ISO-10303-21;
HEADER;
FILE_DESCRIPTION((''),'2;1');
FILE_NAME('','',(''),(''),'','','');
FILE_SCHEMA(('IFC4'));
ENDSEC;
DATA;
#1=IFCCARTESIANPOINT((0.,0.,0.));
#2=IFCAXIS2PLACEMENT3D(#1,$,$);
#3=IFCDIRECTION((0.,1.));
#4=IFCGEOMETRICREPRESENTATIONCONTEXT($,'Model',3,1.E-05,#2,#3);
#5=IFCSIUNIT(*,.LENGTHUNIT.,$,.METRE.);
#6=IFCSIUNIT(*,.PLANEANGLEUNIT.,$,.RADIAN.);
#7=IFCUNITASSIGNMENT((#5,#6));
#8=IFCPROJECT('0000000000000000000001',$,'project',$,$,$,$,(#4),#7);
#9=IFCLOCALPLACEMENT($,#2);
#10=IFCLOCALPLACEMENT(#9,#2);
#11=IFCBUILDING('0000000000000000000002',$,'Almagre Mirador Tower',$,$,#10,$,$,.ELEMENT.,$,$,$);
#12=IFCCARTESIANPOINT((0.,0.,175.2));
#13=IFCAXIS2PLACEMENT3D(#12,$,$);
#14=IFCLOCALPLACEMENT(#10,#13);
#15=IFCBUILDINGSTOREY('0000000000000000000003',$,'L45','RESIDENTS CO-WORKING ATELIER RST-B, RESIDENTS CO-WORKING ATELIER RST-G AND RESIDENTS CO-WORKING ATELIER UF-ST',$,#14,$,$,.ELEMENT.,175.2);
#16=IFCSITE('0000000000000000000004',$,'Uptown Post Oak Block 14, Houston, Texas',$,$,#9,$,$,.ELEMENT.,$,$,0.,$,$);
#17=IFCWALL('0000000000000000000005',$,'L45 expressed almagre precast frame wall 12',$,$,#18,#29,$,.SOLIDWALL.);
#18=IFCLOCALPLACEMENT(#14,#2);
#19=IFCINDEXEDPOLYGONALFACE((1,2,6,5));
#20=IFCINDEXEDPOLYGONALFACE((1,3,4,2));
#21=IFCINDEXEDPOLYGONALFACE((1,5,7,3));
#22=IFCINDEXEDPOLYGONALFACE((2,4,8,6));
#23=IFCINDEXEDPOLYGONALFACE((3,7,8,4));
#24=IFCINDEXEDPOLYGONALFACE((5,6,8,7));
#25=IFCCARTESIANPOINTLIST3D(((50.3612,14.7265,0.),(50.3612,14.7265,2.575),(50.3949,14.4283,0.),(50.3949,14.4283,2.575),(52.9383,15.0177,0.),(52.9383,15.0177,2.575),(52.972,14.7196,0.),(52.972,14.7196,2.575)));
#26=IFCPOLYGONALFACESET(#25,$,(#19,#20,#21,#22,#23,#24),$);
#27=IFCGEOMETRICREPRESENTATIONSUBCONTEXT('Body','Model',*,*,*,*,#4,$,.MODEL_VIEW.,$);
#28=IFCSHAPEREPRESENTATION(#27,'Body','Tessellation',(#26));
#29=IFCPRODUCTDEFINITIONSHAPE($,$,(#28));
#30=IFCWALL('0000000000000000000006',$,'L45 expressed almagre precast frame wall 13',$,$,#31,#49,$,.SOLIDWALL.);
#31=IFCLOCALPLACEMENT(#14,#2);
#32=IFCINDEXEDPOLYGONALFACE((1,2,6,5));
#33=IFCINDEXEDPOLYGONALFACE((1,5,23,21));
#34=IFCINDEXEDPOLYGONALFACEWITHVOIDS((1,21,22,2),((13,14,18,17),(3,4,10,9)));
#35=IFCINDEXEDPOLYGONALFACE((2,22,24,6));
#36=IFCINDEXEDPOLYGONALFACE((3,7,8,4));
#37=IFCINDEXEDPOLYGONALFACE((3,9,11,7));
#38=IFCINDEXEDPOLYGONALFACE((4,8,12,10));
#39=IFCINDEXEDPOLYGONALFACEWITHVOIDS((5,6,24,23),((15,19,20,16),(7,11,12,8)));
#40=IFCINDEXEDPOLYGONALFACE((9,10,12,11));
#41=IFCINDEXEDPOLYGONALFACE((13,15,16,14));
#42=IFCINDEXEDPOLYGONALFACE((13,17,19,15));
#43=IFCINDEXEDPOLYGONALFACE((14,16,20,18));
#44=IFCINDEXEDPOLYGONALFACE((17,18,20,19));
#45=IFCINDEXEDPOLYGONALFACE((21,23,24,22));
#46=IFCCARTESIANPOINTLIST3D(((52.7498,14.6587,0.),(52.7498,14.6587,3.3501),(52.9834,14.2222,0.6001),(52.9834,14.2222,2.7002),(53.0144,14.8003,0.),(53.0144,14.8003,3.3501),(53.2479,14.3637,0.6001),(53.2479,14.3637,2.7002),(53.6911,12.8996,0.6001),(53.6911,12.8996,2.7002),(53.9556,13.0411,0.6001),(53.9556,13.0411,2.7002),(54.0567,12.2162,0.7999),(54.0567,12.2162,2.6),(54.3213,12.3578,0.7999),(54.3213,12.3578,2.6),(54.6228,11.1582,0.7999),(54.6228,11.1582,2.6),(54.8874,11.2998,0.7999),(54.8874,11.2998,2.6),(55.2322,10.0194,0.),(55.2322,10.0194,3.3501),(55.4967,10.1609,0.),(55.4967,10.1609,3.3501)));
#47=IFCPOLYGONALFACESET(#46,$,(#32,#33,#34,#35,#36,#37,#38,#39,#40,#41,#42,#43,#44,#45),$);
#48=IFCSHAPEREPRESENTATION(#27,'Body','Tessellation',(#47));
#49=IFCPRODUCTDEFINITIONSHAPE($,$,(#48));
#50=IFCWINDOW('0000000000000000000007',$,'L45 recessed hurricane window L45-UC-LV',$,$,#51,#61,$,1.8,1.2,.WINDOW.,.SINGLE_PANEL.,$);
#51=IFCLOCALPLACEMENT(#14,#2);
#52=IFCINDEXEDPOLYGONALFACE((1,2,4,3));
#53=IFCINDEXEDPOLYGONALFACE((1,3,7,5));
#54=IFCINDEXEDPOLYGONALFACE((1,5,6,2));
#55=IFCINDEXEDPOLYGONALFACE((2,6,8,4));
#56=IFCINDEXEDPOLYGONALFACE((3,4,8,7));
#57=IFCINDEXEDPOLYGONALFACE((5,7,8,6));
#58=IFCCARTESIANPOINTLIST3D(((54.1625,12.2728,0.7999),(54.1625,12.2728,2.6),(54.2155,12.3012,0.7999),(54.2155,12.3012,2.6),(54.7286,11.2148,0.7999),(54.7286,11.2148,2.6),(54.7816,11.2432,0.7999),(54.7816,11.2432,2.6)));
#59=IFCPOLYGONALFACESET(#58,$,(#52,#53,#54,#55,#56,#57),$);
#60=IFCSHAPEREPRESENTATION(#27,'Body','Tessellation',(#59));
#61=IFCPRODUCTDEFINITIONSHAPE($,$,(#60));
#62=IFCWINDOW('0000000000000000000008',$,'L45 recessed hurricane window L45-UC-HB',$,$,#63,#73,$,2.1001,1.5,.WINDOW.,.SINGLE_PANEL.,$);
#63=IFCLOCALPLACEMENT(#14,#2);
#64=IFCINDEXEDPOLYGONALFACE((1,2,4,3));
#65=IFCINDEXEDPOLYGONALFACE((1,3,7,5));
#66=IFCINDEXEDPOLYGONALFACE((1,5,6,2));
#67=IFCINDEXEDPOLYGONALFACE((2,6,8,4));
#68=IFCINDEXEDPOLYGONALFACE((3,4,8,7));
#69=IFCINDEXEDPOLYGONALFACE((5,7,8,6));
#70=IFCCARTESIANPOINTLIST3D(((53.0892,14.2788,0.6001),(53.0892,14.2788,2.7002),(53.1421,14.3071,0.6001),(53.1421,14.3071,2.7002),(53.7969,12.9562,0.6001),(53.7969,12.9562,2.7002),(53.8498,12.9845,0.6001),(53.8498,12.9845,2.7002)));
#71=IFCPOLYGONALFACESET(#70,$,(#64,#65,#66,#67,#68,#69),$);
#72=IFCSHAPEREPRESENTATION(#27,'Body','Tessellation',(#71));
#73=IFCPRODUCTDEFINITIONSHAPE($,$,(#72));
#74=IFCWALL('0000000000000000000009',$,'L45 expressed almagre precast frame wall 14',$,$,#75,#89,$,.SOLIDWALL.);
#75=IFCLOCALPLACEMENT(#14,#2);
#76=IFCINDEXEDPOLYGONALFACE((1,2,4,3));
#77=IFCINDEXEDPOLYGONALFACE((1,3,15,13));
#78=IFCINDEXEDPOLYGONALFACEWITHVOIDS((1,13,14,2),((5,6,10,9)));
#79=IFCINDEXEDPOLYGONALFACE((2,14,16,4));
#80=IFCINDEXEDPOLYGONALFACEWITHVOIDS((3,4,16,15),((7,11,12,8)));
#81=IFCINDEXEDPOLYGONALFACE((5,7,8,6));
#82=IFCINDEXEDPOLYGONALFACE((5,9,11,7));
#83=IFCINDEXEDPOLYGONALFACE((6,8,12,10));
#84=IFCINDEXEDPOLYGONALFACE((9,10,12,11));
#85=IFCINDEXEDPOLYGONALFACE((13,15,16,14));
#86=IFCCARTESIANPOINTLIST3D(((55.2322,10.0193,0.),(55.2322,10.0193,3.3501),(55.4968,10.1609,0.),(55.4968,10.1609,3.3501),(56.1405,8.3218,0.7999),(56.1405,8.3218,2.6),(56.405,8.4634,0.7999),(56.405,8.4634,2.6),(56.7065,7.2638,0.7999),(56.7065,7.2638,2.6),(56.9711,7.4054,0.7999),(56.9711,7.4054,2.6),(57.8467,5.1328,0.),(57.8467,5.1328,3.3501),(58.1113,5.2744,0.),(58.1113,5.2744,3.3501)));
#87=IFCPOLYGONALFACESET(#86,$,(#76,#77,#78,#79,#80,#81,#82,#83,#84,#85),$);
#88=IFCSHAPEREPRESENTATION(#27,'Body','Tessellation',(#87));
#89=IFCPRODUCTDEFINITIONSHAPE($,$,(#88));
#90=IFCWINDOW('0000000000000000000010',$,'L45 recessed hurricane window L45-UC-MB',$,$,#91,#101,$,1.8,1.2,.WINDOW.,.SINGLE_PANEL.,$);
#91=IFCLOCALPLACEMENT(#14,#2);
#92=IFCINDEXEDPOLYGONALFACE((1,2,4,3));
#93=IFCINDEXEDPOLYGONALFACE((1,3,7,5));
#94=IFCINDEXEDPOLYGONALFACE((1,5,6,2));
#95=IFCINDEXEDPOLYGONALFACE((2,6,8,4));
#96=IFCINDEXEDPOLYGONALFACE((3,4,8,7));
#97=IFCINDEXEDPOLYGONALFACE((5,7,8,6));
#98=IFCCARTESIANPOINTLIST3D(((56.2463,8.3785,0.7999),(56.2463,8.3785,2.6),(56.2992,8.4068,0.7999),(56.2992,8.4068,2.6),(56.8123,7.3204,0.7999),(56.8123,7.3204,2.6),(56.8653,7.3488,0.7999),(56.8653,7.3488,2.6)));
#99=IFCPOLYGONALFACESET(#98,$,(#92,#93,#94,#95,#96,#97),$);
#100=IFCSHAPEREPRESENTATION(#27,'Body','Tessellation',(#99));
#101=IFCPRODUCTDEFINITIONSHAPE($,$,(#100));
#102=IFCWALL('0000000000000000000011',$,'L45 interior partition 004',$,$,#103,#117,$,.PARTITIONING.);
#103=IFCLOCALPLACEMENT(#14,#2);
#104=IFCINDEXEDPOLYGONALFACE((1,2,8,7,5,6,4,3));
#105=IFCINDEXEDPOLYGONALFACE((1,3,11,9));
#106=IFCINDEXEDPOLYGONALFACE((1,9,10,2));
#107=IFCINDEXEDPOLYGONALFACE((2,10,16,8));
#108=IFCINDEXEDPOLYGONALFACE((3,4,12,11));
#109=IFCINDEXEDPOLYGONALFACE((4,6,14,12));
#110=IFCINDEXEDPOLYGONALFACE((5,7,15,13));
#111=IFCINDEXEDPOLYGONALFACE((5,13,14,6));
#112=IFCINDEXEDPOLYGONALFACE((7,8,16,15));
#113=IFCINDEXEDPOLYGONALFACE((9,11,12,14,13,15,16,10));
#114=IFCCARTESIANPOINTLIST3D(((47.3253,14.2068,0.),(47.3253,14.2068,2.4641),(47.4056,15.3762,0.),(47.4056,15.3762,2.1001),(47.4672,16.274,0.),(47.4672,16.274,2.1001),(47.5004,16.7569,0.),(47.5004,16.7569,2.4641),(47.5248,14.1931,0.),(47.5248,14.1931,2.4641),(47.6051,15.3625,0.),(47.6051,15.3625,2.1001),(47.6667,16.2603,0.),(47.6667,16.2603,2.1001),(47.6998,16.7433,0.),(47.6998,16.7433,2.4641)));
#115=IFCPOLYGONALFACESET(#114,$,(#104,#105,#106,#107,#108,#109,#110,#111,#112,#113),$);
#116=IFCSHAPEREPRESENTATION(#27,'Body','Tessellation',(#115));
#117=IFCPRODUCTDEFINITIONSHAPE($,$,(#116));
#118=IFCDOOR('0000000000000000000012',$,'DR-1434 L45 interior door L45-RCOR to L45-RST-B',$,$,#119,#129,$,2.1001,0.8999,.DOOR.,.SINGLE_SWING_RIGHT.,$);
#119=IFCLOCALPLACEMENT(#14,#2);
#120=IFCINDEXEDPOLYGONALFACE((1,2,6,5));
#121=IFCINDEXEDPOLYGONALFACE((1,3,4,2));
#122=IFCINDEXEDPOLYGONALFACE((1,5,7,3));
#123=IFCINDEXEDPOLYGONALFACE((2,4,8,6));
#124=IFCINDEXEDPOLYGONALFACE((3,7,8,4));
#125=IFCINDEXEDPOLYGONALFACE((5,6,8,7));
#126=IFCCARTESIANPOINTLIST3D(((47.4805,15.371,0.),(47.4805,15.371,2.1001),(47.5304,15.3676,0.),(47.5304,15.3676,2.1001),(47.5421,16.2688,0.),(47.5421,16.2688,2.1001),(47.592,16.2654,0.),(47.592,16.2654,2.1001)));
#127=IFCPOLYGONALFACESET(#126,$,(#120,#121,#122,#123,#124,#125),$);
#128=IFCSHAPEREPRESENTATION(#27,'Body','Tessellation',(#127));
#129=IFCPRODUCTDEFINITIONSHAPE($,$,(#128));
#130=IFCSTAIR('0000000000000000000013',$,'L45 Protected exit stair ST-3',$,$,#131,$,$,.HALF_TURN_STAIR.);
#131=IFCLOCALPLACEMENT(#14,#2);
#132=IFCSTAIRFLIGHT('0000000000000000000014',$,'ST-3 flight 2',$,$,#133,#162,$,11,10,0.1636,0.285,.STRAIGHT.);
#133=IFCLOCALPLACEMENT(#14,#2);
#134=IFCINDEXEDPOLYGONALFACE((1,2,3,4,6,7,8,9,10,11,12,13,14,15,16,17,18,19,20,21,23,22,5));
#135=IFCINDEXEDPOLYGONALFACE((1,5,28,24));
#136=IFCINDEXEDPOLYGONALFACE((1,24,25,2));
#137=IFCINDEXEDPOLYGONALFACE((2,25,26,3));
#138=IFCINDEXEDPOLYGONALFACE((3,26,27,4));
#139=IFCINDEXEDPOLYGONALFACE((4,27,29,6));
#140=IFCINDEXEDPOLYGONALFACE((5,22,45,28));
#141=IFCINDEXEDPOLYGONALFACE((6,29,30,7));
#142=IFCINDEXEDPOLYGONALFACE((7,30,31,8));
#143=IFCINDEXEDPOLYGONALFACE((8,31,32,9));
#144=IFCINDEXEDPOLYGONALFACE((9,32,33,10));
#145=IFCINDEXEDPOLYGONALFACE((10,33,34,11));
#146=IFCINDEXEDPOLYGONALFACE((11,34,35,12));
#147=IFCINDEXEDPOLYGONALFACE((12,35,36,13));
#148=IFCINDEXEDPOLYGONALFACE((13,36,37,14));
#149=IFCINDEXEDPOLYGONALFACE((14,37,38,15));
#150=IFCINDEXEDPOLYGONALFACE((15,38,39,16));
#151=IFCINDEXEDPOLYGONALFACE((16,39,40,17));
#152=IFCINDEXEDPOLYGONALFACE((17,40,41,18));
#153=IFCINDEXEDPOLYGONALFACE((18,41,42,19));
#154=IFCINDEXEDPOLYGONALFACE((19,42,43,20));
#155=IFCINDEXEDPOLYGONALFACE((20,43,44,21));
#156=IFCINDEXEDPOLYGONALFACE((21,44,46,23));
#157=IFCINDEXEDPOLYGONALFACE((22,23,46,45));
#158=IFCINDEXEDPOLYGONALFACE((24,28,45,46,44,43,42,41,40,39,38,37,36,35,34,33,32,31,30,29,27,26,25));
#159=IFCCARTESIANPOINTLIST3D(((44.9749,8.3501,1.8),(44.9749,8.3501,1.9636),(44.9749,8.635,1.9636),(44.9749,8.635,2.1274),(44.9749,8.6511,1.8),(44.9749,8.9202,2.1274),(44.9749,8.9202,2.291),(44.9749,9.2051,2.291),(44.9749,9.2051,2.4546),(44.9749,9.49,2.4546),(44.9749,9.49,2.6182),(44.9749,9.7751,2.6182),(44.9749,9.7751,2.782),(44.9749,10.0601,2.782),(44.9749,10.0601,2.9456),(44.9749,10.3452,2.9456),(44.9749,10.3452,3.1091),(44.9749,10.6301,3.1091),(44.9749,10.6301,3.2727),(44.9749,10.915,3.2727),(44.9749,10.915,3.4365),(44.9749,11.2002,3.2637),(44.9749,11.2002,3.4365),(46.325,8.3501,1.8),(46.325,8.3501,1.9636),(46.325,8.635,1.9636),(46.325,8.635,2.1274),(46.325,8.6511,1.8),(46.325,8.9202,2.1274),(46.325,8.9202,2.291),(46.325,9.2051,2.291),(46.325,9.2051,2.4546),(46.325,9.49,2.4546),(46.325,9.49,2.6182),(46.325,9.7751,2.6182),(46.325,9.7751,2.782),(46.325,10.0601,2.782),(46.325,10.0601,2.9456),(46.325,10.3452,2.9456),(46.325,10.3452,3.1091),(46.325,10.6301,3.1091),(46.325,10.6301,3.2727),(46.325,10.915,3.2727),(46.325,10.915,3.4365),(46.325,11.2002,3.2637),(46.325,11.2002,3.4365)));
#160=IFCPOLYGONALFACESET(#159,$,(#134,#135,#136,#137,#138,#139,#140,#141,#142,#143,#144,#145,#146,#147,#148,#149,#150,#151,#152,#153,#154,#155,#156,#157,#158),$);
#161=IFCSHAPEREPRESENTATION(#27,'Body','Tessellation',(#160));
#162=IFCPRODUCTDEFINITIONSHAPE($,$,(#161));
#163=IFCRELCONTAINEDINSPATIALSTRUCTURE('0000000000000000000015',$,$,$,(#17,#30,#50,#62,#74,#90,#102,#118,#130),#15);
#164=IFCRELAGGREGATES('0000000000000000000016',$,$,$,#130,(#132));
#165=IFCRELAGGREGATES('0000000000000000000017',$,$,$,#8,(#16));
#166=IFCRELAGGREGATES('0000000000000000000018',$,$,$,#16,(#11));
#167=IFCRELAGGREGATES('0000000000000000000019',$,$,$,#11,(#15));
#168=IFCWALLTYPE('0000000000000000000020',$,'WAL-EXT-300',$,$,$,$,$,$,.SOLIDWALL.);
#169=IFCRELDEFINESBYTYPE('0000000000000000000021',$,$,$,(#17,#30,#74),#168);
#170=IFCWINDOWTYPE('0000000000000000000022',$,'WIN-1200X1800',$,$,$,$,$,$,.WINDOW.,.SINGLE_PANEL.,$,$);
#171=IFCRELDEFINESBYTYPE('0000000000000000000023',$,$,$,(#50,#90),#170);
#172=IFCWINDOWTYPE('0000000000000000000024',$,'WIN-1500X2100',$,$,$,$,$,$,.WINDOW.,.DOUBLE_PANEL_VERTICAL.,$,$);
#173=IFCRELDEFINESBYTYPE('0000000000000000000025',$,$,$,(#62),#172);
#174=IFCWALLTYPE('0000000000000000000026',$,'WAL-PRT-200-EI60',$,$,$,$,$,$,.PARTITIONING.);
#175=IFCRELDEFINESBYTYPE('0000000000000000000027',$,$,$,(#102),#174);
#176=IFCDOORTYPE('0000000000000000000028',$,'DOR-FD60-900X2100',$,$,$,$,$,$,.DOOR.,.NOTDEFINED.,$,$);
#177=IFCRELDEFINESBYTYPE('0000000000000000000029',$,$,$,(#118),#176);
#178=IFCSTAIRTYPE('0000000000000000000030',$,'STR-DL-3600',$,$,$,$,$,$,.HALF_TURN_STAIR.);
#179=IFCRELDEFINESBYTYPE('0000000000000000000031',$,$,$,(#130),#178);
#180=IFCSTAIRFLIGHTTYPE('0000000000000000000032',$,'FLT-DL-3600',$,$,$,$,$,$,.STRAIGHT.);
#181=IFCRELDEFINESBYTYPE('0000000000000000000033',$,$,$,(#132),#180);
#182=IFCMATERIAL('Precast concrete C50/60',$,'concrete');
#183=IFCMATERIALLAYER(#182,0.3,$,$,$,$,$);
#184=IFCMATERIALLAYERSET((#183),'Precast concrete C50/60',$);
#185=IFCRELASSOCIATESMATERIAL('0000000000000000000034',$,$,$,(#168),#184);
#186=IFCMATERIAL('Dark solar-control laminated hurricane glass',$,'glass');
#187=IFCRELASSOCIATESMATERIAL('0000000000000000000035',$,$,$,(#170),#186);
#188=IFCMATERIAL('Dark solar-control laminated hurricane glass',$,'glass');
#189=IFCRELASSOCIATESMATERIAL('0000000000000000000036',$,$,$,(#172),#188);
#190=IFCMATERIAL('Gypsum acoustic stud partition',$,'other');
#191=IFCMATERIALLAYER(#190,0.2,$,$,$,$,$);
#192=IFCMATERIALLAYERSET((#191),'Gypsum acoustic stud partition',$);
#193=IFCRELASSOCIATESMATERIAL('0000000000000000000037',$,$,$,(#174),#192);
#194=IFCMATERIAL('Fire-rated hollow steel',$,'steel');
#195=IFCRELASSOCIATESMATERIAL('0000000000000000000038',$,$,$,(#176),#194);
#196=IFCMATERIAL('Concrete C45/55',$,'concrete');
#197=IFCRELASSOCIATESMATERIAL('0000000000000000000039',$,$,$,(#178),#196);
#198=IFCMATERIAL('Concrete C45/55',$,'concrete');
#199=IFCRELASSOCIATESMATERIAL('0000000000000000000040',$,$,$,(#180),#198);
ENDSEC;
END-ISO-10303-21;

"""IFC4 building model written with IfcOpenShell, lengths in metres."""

from ifc_helpers import new_model, si_unit, direction, frame, frame_2d, origin, place, context, subcontext, project, spatial, polyline, rectangle, outline, extrude, material, layer, layer_set, type_object, element, fill, aggregate, save


model = new_model("IFC4")

# Units and contexts
model_context = context("Model", 3, precision=1e-05, world=origin(), true_north=direction((0.0, 1.0)))
body_context = subcontext(model_context, "Body", "Model", "MODEL_VIEW")
ifc_project = project(units=[si_unit("LENGTHUNIT", "METRE"), si_unit("PLANEANGLEUNIT", "RADIAN")], contexts=[model_context])

# Site, building, storey
site_placement = place(None, origin())
site = spatial("IfcSite", under=ifc_project, at=site_placement, Name="Uptown Post Oak Block 14, Houston, Texas", CompositionType="ELEMENT", RefElevation=0.0)
building_placement = place(site_placement, origin())
building = spatial("IfcBuilding", under=site, at=building_placement, Name="Almagre Mirador Tower", CompositionType="ELEMENT")
storey_placement = place(building_placement, frame((0.0, 0.0, 175.2)))
storey = spatial("IfcBuildingStorey", under=building, at=storey_placement, Name="L45", Description="RESIDENTS CO-WORKING ATELIER RST-B, RESIDENTS CO-WORKING ATELIER RST-G AND RESIDENTS CO-WORKING ATELIER UF-ST", CompositionType="ELEMENT", Elevation=175.2)

# Wall
ifc_material_1 = material(Name="Precast concrete C50/60", Category="concrete")
ifc_layer_1 = layer(ifc_material_1, 0.3)
ifc_layer_set_1 = layer_set([ifc_layer_1], Name="Precast concrete C50/60")
wall_type_1 = type_object("IfcWallType", Name="WAL-EXT-300", PredefinedType="SOLIDWALL", material=ifc_layer_set_1)
wall_1_placement = place(storey_placement, frame((50.3779, 14.5774, 0.0), z_axis=(0.0, 0.0, 1.0), x_axis=(0.993674, 0.112301, 0.0)))
element("IfcWall", 1, at=wall_1_placement, inside=storey, type_object=wall_type_1, Name="L45 expressed almagre precast frame wall 12", PredefinedType="SOLIDWALL", context=body_context, shape_type="SweptSolid", body=[
    extrude(rectangle(XDim=2.5935, YDim=0.3, at=frame_2d((1.2969, 0.0))), origin(), (0.0, 0.0, 1.0), 2.575),
])

# Wall, openings, windows
wall_2_placement = place(storey_placement, frame((52.8821, 14.7295, 0.0), z_axis=(0.0, 0.0, 1.0), x_axis=(0.471782, -0.881715, 0.0)))
wall_2 = element("IfcWall", 2, at=wall_2_placement, inside=storey, type_object=wall_type_1, Name="L45 expressed almagre precast frame wall 13", PredefinedType="SOLIDWALL", context=body_context, shape_type="SweptSolid", body=[
    extrude(rectangle(XDim=5.2617, YDim=0.3, at=frame_2d((2.6309, 0.0))), origin(), (0.0, 0.0, 1.0), 3.3501),
])
opening_1_placement = place(wall_2_placement, frame((2.77, 0.0, 0.8)))
opening_1 = element("IfcOpeningElement", 3, at=opening_1_placement, cuts=wall_2, PredefinedType="OPENING", context=body_context, shape_type="SweptSolid", body=[
    extrude(rectangle(XDim=1.2, YDim=1.8, at=frame_2d((0.6001, 0.8999))), frame((0.0, 0.1599, 0.0), z_axis=(0.0, -1.0, 0.0), x_axis=(1.0, 0.0, 0.0)), (0.0, 0.0, 1.0), 0.32),
])
opening_2_placement = place(wall_2_placement, frame((0.4951, 0.0, 0.6001)))
opening_2 = element("IfcOpeningElement", 4, at=opening_2_placement, cuts=wall_2, PredefinedType="OPENING", context=body_context, shape_type="SweptSolid", body=[
    extrude(rectangle(XDim=1.5, YDim=2.1001, at=frame_2d((0.75, 1.05))), frame((0.0, 0.1599, 0.0), z_axis=(0.0, -1.0, 0.0), x_axis=(1.0, 0.0, 0.0)), (0.0, 0.0, 1.0), 0.32),
])
ifc_material_2 = material(Name="Dark solar-control laminated hurricane glass", Category="glass")
window_type_1 = type_object("IfcWindowType", Name="WIN-1200X1800", PartitioningType="SINGLE_PANEL", PredefinedType="WINDOW", material=ifc_material_2)
window_1_placement = place(opening_1_placement, origin())
window_1 = element("IfcWindow", 5, at=window_1_placement, inside=storey, type_object=window_type_1, Name="L45 recessed hurricane window L45-UC-LV", OverallHeight=1.8, OverallWidth=1.2, PartitioningType="SINGLE_PANEL", PredefinedType="WINDOW", context=body_context, shape_type="SweptSolid", body=[
    extrude(rectangle(XDim=1.2, YDim=1.8, at=frame_2d((0.6001, 0.8999))), frame((0.0, 0.03, 0.0), z_axis=(0.0, -1.0, 0.0), x_axis=(1.0, 0.0, 0.0)), (0.0, 0.0, 1.0), 0.0601),
])
fill(opening_1, window_1)
ifc_material_3 = material(Name="Dark solar-control laminated hurricane glass", Category="glass")
window_type_2 = type_object("IfcWindowType", Name="WIN-1500X2100", PartitioningType="DOUBLE_PANEL_VERTICAL", PredefinedType="WINDOW", material=ifc_material_3)
window_2_placement = place(opening_2_placement, origin())
window_2 = element("IfcWindow", 6, at=window_2_placement, inside=storey, type_object=window_type_2, Name="L45 recessed hurricane window L45-UC-HB", OverallHeight=2.1001, OverallWidth=1.5, PartitioningType="SINGLE_PANEL", PredefinedType="WINDOW", context=body_context, shape_type="SweptSolid", body=[
    extrude(rectangle(XDim=1.5, YDim=2.1001, at=frame_2d((0.75, 1.05))), frame((0.0, 0.03, 0.0), z_axis=(0.0, -1.0, 0.0), x_axis=(1.0, 0.0, 0.0)), (0.0, 0.0, 1.0), 0.0601),
])
fill(opening_2, window_2)

# Wall, opening, window
wall_3_placement = place(storey_placement, frame((55.3645, 10.0901, 0.0), z_axis=(0.0, 0.0, 1.0), x_axis=(0.471765, -0.881724, 0.0)))
wall_3 = element("IfcWall", 7, at=wall_3_placement, inside=storey, type_object=wall_type_1, Name="L45 expressed almagre precast frame wall 14", PredefinedType="SOLIDWALL", context=body_context, shape_type="SweptSolid", body=[
    extrude(rectangle(XDim=5.542, YDim=0.3, at=frame_2d((2.771, 0.0))), origin(), (0.0, 0.0, 1.0), 3.3501),
])
opening_3_placement = place(wall_3_placement, frame((1.925, 0.0, 0.8)))
opening_3 = element("IfcOpeningElement", 8, at=opening_3_placement, cuts=wall_3, PredefinedType="OPENING", context=body_context, shape_type="SweptSolid", body=[
    extrude(rectangle(XDim=1.2, YDim=1.8, at=frame_2d((0.6001, 0.8999))), frame((0.0, 0.1599, 0.0), z_axis=(0.0, -1.0, 0.0), x_axis=(1.0, 0.0, 0.0)), (0.0, 0.0, 1.0), 0.32),
])
window_3_placement = place(opening_3_placement, origin())
window_3 = element("IfcWindow", 9, at=window_3_placement, inside=storey, type_object=window_type_1, Name="L45 recessed hurricane window L45-UC-MB", OverallHeight=1.8, OverallWidth=1.2, PartitioningType="SINGLE_PANEL", PredefinedType="WINDOW", context=body_context, shape_type="SweptSolid", body=[
    extrude(rectangle(XDim=1.2, YDim=1.8, at=frame_2d((0.6001, 0.8999))), frame((0.0, 0.03, 0.0), z_axis=(0.0, -1.0, 0.0), x_axis=(1.0, 0.0, 0.0)), (0.0, 0.0, 1.0), 0.0601),
])
fill(opening_3, window_3)

# Wall, opening, door
ifc_material_4 = material(Name="Gypsum acoustic stud partition", Category="other")
ifc_layer_2 = layer(ifc_material_4, 0.2)
ifc_layer_set_2 = layer_set([ifc_layer_2], Name="Gypsum acoustic stud partition")
wall_type_2 = type_object("IfcWallType", Name="WAL-PRT-200-EI60", PredefinedType="PARTITIONING", material=ifc_layer_set_2)
wall_4_placement = place(storey_placement, frame((47.425, 14.2, 0.0), z_axis=(0.0, 0.0, 1.0), x_axis=(0.068484, 0.997652, 0.0)))
wall_4 = element("IfcWall", 10, at=wall_4_placement, inside=storey, type_object=wall_type_2, Name="L45 interior partition 004", PredefinedType="PARTITIONING", context=body_context, shape_type="SweptSolid", body=[
    extrude(rectangle(XDim=2.5562, YDim=0.2, at=frame_2d((1.2781, 0.0))), origin(), (0.0, 0.0, 1.0), 2.4641),
])
opening_4_placement = place(wall_4_placement, frame((1.1721, 0.0, 0.0)))
opening_4 = element("IfcOpeningElement", 11, at=opening_4_placement, cuts=wall_4, PredefinedType="OPENING", context=body_context, shape_type="SweptSolid", body=[
    extrude(rectangle(XDim=0.8999, YDim=2.1001, at=frame_2d((0.45, 1.05))), frame((0.0, 0.1101, 0.0), z_axis=(0.0, -1.0, 0.0), x_axis=(1.0, 0.0, 0.0)), (0.0, 0.0, 1.0), 0.22),
])
ifc_material_5 = material(Name="Fire-rated hollow steel", Category="steel")
door_type = type_object("IfcDoorType", Name="DOR-FD60-900X2100", OperationType="NOTDEFINED", PredefinedType="DOOR", material=ifc_material_5)
door_placement = place(opening_4_placement, origin())
door = element("IfcDoor", 12, at=door_placement, inside=storey, type_object=door_type, Name="DR-1434 L45 interior door L45-RCOR to L45-RST-B", OperationType="SINGLE_SWING_RIGHT", OverallHeight=2.1001, OverallWidth=0.8999, PredefinedType="DOOR", context=body_context, shape_type="SweptSolid", body=[
    extrude(rectangle(XDim=0.8999, YDim=2.1001, at=frame_2d((0.45, 1.05))), frame((0.0, 0.0249, 0.0), z_axis=(0.0, -1.0, 0.0), x_axis=(1.0, 0.0, 0.0)), (0.0, 0.0, 1.0), 0.05),
])
fill(opening_4, door)

# Stair, stair flight
ifc_material_6 = material(Name="Concrete C45/55", Category="concrete")
stair_type = type_object("IfcStairType", Name="STR-DL-3600", PredefinedType="HALF_TURN_STAIR", material=ifc_material_6)
stair_placement = place(storey_placement, origin())
stair = element("IfcStair", 13, at=stair_placement, inside=storey, type_object=stair_type, Name="L45 Protected exit stair ST-3", PredefinedType="HALF_TURN_STAIR")
ifc_material_7 = material(Name="Concrete C45/55", Category="concrete")
stair_flight_type = type_object("IfcStairFlightType", Name="FLT-DL-3600", PredefinedType="STRAIGHT", material=ifc_material_7)
stair_flight_placement = place(storey_placement, frame((45.6499, 8.3501, 1.8), z_axis=(0.0, 0.0, 1.0), x_axis=(0.0, 1.0, 0.0)))
stair_flight = element("IfcStairFlight", 14, at=stair_flight_placement, type_object=stair_flight_type, Name="ST-3 flight 2", NumberOfRisers=11, NumberOfTreads=10, PredefinedType="STRAIGHT", RiserHeight=0.1636, TreadLength=0.285, context=body_context, shape_type="SweptSolid", body=[
    extrude(outline(polyline([(0.0, 0.0), (0.0, 0.1636), (0.2849, 0.1636), (0.2849, 0.3274), (0.5701, 0.3274), (0.5701, 0.491), (0.855, 0.491), (0.855, 0.6545), (1.1399, 0.6545), (1.1399, 0.8181), (1.425, 0.8181), (1.425, 0.9819), (1.71, 0.9819), (1.71, 1.1455), (1.9951, 1.1455), (1.9951, 1.3091), (2.28, 1.3091), (2.28, 1.4727), (2.5649, 1.4727), (2.5649, 1.6365), (2.8501, 1.6365), (2.8501, 1.8), (2.8501, 1.4636), (0.301, 0.0), (0.0, 0.0)])), frame((0.0, 0.675, 0.0), z_axis=(0.0, -1.0, 0.0), x_axis=(1.0, 0.0, 0.0)), (0.0, 0.0, 1.0), 1.3501),
])
aggregate(stair, [stair_flight])

save(model, "model.ifc")
